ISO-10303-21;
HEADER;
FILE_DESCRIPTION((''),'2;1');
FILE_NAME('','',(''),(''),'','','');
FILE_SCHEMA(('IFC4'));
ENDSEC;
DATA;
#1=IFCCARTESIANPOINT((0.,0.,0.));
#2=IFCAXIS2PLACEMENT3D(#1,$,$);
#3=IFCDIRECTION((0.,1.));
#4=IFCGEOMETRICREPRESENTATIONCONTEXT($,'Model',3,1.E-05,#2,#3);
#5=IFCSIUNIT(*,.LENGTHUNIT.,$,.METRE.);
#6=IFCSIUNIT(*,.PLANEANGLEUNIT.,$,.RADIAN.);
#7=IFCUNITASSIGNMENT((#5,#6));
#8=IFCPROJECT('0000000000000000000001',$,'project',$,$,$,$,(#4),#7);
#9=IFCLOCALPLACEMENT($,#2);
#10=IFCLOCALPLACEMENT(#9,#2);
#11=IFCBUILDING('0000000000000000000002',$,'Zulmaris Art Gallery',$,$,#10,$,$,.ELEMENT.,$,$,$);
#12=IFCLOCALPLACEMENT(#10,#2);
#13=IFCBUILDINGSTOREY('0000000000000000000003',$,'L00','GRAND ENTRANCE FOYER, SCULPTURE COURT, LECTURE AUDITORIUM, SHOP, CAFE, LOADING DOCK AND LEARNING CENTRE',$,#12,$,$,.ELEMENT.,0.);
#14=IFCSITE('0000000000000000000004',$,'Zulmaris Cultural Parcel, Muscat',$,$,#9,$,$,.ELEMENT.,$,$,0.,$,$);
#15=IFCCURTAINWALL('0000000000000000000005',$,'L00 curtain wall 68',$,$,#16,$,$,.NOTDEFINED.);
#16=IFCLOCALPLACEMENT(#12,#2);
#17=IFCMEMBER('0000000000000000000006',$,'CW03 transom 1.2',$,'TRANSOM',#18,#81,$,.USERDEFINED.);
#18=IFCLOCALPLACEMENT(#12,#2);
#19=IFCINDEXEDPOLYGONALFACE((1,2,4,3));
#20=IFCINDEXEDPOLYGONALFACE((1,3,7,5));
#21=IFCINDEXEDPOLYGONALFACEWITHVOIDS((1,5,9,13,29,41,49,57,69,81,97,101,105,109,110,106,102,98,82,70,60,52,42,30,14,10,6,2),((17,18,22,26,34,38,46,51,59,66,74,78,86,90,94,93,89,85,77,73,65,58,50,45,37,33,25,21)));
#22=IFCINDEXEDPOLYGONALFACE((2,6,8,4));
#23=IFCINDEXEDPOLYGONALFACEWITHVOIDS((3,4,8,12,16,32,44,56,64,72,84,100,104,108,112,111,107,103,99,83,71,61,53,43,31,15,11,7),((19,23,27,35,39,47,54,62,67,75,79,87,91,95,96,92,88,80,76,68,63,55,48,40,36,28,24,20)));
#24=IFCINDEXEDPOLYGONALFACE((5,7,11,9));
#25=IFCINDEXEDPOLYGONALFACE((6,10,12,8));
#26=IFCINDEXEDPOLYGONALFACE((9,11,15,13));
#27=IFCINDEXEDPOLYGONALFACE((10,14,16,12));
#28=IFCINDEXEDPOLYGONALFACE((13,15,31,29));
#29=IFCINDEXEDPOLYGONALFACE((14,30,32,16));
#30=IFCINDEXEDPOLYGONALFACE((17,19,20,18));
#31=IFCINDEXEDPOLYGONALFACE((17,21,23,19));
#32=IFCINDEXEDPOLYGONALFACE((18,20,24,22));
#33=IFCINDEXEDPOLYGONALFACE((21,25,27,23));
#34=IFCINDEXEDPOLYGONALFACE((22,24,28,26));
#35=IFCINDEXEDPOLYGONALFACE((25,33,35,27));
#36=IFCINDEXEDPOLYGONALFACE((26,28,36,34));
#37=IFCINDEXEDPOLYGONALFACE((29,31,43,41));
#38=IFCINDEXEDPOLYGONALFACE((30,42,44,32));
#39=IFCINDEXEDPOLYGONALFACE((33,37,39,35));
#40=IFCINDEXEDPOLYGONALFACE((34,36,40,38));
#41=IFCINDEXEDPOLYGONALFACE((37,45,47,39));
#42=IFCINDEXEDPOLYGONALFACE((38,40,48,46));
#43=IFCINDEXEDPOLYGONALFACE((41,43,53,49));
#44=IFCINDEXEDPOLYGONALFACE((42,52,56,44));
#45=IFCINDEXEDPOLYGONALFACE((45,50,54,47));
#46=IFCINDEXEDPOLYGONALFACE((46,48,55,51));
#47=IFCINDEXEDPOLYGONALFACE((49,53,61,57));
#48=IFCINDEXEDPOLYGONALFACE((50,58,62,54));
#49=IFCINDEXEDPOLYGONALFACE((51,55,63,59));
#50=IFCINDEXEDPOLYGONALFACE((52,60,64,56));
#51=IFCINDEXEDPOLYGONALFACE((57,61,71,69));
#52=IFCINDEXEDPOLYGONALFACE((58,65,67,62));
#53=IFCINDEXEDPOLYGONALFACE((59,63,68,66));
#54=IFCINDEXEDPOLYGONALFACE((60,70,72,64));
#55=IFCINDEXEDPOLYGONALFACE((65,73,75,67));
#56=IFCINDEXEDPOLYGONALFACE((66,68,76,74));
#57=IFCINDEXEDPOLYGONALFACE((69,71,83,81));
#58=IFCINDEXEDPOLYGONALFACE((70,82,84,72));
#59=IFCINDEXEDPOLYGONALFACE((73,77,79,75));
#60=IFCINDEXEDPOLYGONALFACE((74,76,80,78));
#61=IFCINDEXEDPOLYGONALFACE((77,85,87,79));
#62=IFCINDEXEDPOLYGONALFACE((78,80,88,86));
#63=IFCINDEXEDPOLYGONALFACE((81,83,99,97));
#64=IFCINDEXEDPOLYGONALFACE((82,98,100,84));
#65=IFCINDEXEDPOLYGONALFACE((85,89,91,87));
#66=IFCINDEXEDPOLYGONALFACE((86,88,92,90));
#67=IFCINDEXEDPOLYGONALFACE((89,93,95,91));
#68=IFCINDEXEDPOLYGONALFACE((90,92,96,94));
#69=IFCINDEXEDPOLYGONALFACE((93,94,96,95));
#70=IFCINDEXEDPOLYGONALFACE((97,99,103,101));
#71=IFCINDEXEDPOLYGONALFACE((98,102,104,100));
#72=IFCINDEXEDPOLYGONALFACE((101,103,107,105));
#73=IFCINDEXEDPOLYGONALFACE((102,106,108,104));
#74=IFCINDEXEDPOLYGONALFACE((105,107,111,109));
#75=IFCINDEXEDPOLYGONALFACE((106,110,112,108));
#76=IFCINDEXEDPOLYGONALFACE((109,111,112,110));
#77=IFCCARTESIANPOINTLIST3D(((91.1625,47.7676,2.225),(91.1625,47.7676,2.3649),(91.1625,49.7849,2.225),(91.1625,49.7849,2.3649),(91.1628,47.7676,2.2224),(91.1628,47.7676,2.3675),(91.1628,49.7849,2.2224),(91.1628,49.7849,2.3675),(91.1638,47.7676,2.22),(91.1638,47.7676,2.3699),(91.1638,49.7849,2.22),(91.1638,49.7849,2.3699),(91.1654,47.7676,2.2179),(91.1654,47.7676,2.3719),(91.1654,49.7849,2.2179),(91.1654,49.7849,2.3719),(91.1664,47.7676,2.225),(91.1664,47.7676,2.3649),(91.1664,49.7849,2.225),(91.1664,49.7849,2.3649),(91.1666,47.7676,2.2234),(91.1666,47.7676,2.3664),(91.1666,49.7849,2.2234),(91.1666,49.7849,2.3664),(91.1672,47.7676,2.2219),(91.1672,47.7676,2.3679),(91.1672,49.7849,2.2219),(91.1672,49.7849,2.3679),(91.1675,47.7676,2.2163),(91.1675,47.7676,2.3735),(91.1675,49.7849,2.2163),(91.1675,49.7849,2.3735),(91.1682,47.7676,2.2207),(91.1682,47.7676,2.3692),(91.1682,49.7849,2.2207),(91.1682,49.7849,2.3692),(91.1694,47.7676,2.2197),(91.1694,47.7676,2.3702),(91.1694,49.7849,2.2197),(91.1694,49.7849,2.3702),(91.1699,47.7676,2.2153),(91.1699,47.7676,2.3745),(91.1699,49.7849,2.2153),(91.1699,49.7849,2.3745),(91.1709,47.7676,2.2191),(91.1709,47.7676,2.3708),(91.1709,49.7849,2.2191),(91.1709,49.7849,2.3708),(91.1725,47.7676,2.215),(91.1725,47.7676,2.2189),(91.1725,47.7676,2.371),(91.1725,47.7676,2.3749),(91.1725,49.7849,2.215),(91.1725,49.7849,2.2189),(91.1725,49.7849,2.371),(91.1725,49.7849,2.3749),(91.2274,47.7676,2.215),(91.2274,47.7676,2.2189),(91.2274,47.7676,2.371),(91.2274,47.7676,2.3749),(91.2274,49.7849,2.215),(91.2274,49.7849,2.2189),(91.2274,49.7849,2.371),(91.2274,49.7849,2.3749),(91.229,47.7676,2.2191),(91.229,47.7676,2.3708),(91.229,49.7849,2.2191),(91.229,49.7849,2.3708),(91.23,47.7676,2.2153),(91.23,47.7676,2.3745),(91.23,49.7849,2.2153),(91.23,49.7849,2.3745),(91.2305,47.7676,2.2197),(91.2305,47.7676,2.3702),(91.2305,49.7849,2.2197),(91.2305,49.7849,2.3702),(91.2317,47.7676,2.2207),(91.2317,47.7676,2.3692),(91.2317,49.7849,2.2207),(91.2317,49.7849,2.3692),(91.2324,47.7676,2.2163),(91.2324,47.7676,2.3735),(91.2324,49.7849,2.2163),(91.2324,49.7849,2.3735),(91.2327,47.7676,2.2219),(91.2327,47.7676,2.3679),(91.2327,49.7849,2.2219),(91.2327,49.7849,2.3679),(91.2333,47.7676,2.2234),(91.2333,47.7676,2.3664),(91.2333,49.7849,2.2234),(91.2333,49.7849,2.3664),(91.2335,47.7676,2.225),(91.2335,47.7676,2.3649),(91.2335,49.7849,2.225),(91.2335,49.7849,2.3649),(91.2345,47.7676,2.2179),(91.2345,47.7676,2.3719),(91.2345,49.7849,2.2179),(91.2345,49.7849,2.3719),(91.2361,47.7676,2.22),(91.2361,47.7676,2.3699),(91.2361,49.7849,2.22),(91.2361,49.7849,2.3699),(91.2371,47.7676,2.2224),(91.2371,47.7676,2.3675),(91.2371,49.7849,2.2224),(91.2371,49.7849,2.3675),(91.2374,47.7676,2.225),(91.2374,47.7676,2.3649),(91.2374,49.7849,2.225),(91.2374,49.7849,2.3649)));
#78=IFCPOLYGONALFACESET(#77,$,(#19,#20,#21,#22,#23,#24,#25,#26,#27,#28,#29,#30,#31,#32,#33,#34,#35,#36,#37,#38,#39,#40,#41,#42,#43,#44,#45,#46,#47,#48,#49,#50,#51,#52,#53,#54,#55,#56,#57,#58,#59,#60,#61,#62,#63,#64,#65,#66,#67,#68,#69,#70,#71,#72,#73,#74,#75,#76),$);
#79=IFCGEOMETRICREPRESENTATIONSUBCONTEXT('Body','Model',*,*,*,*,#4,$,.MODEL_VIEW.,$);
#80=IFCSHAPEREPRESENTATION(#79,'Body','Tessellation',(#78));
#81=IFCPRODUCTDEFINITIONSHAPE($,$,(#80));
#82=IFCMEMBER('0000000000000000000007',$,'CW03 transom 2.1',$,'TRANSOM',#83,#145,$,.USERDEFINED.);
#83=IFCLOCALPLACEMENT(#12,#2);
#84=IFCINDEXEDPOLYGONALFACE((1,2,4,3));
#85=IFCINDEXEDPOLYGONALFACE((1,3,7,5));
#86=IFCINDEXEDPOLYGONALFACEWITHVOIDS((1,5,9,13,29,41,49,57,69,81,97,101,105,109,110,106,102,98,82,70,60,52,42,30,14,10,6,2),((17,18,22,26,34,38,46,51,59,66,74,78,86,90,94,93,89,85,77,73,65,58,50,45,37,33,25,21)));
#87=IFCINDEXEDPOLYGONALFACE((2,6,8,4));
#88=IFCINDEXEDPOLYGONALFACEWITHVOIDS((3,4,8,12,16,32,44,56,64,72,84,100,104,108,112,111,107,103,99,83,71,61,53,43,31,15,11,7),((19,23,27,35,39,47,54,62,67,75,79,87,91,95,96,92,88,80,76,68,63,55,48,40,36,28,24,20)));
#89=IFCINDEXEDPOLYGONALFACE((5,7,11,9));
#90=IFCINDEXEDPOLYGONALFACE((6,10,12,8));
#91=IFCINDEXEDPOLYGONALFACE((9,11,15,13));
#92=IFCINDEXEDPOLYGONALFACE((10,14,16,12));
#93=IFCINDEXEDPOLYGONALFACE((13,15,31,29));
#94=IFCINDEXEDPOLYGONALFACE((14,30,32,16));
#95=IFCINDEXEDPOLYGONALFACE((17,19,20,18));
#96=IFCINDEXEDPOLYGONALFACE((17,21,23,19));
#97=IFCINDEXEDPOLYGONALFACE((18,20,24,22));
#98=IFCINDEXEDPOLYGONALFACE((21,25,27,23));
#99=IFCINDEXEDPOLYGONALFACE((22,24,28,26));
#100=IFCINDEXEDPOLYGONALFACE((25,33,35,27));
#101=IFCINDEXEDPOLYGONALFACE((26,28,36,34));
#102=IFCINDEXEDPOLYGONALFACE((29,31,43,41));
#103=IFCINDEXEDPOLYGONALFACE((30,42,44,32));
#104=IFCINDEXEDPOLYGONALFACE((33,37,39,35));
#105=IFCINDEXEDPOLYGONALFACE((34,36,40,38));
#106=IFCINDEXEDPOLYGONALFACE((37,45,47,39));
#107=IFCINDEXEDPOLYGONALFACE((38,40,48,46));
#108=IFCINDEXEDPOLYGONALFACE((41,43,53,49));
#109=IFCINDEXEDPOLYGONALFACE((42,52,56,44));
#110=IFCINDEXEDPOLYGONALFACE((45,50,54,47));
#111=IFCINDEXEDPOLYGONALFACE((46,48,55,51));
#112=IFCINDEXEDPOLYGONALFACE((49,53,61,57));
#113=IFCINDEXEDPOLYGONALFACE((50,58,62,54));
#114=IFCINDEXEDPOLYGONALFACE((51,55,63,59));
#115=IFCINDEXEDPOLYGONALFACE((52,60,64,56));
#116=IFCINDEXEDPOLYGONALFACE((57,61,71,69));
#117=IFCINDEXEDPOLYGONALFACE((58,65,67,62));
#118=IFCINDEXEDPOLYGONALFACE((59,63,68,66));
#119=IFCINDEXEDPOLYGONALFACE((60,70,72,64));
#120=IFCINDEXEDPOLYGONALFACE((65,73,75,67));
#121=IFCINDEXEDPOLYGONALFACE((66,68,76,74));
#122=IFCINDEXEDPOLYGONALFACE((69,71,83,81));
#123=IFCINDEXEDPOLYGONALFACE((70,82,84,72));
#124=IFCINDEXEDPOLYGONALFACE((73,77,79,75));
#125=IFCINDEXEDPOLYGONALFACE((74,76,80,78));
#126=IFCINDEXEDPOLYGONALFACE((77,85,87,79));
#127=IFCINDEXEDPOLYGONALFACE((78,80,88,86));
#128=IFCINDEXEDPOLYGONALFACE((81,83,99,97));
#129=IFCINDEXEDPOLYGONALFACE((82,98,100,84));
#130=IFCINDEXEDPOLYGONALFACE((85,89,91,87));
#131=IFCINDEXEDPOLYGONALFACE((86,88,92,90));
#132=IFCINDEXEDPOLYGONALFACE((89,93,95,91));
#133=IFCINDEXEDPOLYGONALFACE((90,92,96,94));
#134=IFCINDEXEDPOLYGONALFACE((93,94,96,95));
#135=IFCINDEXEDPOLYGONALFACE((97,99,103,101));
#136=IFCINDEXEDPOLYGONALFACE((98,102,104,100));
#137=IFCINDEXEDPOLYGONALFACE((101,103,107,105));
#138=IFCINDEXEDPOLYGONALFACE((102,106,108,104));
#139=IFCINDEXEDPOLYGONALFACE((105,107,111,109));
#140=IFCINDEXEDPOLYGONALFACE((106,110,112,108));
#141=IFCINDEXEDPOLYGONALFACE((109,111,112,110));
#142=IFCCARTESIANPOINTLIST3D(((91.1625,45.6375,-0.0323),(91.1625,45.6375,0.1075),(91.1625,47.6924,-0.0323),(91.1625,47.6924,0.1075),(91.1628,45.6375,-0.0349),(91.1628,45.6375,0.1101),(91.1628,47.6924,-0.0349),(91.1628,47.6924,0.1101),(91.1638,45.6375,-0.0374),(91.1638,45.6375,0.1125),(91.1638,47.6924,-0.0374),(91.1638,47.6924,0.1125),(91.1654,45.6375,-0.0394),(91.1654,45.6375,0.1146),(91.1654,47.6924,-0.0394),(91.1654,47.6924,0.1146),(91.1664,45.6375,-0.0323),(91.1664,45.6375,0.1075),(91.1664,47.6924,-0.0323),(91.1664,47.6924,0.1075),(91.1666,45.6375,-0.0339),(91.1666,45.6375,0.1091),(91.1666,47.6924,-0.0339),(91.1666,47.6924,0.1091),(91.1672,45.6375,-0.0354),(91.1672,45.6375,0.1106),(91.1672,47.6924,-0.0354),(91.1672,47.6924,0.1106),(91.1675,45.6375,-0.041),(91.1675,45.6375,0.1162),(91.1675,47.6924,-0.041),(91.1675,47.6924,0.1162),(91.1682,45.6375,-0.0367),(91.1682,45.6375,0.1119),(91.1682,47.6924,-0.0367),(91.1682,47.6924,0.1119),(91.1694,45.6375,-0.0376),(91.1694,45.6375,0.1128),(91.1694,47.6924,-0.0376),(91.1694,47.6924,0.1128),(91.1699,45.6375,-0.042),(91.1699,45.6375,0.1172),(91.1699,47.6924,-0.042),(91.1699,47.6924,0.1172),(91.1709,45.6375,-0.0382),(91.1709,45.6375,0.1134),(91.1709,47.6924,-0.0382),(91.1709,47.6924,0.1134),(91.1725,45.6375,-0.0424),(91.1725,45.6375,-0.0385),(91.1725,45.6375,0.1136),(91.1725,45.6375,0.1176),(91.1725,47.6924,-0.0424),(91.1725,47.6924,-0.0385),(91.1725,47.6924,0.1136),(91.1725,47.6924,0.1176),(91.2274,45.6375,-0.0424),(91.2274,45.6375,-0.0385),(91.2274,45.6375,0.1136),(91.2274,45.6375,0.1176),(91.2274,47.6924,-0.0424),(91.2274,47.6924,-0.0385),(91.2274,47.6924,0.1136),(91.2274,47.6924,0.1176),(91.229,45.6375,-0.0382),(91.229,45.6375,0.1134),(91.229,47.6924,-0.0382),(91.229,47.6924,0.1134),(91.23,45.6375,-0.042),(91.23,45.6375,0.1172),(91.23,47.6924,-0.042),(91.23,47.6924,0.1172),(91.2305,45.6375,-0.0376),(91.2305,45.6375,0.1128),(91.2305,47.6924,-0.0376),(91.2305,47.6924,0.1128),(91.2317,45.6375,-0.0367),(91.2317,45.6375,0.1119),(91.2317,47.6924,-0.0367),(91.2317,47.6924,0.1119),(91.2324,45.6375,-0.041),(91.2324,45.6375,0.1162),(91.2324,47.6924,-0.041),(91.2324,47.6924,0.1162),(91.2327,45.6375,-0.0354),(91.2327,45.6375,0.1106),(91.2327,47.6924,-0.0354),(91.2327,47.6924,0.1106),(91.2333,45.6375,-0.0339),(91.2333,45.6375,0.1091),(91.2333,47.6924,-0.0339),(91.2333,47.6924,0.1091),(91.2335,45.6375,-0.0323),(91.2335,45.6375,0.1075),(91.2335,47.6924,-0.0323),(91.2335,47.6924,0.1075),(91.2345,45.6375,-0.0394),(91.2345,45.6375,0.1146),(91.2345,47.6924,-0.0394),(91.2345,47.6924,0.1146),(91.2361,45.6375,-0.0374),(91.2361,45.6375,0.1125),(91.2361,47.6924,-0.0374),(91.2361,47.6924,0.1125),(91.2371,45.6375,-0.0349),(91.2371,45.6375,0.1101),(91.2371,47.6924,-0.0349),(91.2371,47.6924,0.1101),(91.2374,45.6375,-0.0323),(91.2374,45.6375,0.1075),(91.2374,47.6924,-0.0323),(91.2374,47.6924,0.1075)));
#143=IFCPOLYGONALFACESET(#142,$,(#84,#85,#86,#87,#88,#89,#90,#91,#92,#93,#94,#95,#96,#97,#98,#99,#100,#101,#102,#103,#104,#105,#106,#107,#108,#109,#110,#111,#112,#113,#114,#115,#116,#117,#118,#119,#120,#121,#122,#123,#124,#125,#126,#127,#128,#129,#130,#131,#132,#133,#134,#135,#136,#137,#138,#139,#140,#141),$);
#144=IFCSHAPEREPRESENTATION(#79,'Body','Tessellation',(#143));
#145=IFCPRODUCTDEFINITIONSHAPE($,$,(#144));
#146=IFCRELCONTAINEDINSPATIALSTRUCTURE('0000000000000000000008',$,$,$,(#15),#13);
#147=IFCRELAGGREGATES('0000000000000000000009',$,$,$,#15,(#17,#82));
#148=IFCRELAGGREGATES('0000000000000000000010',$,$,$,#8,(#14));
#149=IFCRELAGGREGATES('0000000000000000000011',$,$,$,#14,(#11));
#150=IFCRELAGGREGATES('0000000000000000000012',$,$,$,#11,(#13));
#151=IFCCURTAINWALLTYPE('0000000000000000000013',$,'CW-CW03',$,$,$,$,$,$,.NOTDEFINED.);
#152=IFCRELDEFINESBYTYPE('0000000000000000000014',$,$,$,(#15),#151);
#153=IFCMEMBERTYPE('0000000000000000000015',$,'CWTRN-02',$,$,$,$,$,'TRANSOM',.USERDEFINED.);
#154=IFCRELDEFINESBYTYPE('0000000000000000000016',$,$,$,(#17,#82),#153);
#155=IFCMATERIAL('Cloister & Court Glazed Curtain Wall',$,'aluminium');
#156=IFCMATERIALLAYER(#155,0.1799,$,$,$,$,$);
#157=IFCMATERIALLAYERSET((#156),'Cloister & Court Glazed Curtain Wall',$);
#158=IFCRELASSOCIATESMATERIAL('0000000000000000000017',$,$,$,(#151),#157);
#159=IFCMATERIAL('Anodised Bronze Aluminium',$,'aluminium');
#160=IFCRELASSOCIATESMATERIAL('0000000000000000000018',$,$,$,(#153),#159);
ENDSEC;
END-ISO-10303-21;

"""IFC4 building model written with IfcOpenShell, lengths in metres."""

from ifc_helpers import new_model, si_unit, direction, frame, origin, origin_2d, place, context, subcontext, project, spatial, hollow_rectangle, extrude, material, layer, layer_set, material_profile, profile_set, type_object, element, aggregate, save


model = new_model("IFC4")

# Units and contexts
model_context = context("Model", 3, precision=1e-05, world=origin(), true_north=direction((0.0, 1.0)))
body_context = subcontext(model_context, "Body", "Model", "MODEL_VIEW")
ifc_project = project(units=[si_unit("LENGTHUNIT", "METRE"), si_unit("PLANEANGLEUNIT", "RADIAN")], contexts=[model_context])

# Site, building, storey
site_placement = place(None, origin())
site = spatial("IfcSite", under=ifc_project, at=site_placement, Name="Zulmaris Cultural Parcel, Muscat", CompositionType="ELEMENT", RefElevation=0.0)
building_placement = place(site_placement, origin())
building = spatial("IfcBuilding", under=site, at=building_placement, Name="Zulmaris Art Gallery", CompositionType="ELEMENT")
storey_placement = place(building_placement, origin())
storey = spatial("IfcBuildingStorey", under=building, at=storey_placement, Name="L00", Description="GRAND ENTRANCE FOYER, SCULPTURE COURT, LECTURE AUDITORIUM, SHOP, CAFE, LOADING DOCK AND LEARNING CENTRE", CompositionType="ELEMENT", Elevation=0.0)

# Shared definitions
ifc_material_1 = material(Name="Cloister & Court Glazed Curtain Wall", Category="aluminium")
ifc_layer_1 = layer(ifc_material_1, 0.1799)
ifc_layer_set_1 = layer_set([ifc_layer_1], Name="Cloister & Court Glazed Curtain Wall")
curtain_wall_type = type_object("IfcCurtainWallType", Name="CW-CW03", PredefinedType="NOTDEFINED", material=ifc_layer_set_1)
ifc_material_2 = material(Name="Anodised Bronze Aluminium", Category="aluminium")

# Curtain wall
curtain_wall_1_placement = place(storey_placement, origin())
curtain_wall_1 = element("IfcCurtainWall", 1, at=curtain_wall_1_placement, inside=storey, type_object=curtain_wall_type, Name="L00 curtain wall 68", PredefinedType="NOTDEFINED")

# Members
ifc_material_profile_1 = material_profile(ifc_material_2, hollow_rectangle(XDim=0.075, YDim=0.1599, WallThickness=0.0039, InnerFilletRadius=0.0061, OuterFilletRadius=0.01, at=origin_2d()), Name="ALU 75x160x4")
ifc_profile_set_1 = profile_set([ifc_material_profile_1], Name="Anodised Bronze Aluminium")
member_type_1 = type_object("IfcMemberType", Name="CWTRN-02", ElementType="TRANSOM", PredefinedType="USERDEFINED", material=ifc_profile_set_1)
member_1_placement = place(storey_placement, frame((91.2, 49.7849, 2.2949), z_axis=(0.0, -1.0, 0.0), x_axis=(1.0, 0.0, 0.0)))
member_1 = element("IfcMember", 2, at=member_1_placement, type_object=member_type_1, Name="CW03 transom 1.2", ObjectType="TRANSOM", PredefinedType="USERDEFINED", context=body_context, shape_type="SweptSolid", body=[
    extrude(hollow_rectangle(XDim=0.075, YDim=0.1599, WallThickness=0.0039, InnerFilletRadius=0.0061, OuterFilletRadius=0.01, at=origin_2d()), origin(), (0.0, 0.0, 1.0), 2.0173),
])
member_2_placement = place(storey_placement, frame((91.2, 47.6924, 0.0376), z_axis=(0.0, -1.0, 0.0), x_axis=(1.0, 0.0, 0.0)))
member_2 = element("IfcMember", 3, at=member_2_placement, type_object=member_type_1, Name="CW03 transom 2.1", ObjectType="TRANSOM", PredefinedType="USERDEFINED", context=body_context, shape_type="SweptSolid", body=[
    extrude(hollow_rectangle(XDim=0.075, YDim=0.1599, WallThickness=0.0039, InnerFilletRadius=0.0061, OuterFilletRadius=0.01, at=origin_2d()), origin(), (0.0, 0.0, 1.0), 2.0549),
])

aggregate(curtain_wall_1, [member_1, member_2])

save(model, "model.ifc")
